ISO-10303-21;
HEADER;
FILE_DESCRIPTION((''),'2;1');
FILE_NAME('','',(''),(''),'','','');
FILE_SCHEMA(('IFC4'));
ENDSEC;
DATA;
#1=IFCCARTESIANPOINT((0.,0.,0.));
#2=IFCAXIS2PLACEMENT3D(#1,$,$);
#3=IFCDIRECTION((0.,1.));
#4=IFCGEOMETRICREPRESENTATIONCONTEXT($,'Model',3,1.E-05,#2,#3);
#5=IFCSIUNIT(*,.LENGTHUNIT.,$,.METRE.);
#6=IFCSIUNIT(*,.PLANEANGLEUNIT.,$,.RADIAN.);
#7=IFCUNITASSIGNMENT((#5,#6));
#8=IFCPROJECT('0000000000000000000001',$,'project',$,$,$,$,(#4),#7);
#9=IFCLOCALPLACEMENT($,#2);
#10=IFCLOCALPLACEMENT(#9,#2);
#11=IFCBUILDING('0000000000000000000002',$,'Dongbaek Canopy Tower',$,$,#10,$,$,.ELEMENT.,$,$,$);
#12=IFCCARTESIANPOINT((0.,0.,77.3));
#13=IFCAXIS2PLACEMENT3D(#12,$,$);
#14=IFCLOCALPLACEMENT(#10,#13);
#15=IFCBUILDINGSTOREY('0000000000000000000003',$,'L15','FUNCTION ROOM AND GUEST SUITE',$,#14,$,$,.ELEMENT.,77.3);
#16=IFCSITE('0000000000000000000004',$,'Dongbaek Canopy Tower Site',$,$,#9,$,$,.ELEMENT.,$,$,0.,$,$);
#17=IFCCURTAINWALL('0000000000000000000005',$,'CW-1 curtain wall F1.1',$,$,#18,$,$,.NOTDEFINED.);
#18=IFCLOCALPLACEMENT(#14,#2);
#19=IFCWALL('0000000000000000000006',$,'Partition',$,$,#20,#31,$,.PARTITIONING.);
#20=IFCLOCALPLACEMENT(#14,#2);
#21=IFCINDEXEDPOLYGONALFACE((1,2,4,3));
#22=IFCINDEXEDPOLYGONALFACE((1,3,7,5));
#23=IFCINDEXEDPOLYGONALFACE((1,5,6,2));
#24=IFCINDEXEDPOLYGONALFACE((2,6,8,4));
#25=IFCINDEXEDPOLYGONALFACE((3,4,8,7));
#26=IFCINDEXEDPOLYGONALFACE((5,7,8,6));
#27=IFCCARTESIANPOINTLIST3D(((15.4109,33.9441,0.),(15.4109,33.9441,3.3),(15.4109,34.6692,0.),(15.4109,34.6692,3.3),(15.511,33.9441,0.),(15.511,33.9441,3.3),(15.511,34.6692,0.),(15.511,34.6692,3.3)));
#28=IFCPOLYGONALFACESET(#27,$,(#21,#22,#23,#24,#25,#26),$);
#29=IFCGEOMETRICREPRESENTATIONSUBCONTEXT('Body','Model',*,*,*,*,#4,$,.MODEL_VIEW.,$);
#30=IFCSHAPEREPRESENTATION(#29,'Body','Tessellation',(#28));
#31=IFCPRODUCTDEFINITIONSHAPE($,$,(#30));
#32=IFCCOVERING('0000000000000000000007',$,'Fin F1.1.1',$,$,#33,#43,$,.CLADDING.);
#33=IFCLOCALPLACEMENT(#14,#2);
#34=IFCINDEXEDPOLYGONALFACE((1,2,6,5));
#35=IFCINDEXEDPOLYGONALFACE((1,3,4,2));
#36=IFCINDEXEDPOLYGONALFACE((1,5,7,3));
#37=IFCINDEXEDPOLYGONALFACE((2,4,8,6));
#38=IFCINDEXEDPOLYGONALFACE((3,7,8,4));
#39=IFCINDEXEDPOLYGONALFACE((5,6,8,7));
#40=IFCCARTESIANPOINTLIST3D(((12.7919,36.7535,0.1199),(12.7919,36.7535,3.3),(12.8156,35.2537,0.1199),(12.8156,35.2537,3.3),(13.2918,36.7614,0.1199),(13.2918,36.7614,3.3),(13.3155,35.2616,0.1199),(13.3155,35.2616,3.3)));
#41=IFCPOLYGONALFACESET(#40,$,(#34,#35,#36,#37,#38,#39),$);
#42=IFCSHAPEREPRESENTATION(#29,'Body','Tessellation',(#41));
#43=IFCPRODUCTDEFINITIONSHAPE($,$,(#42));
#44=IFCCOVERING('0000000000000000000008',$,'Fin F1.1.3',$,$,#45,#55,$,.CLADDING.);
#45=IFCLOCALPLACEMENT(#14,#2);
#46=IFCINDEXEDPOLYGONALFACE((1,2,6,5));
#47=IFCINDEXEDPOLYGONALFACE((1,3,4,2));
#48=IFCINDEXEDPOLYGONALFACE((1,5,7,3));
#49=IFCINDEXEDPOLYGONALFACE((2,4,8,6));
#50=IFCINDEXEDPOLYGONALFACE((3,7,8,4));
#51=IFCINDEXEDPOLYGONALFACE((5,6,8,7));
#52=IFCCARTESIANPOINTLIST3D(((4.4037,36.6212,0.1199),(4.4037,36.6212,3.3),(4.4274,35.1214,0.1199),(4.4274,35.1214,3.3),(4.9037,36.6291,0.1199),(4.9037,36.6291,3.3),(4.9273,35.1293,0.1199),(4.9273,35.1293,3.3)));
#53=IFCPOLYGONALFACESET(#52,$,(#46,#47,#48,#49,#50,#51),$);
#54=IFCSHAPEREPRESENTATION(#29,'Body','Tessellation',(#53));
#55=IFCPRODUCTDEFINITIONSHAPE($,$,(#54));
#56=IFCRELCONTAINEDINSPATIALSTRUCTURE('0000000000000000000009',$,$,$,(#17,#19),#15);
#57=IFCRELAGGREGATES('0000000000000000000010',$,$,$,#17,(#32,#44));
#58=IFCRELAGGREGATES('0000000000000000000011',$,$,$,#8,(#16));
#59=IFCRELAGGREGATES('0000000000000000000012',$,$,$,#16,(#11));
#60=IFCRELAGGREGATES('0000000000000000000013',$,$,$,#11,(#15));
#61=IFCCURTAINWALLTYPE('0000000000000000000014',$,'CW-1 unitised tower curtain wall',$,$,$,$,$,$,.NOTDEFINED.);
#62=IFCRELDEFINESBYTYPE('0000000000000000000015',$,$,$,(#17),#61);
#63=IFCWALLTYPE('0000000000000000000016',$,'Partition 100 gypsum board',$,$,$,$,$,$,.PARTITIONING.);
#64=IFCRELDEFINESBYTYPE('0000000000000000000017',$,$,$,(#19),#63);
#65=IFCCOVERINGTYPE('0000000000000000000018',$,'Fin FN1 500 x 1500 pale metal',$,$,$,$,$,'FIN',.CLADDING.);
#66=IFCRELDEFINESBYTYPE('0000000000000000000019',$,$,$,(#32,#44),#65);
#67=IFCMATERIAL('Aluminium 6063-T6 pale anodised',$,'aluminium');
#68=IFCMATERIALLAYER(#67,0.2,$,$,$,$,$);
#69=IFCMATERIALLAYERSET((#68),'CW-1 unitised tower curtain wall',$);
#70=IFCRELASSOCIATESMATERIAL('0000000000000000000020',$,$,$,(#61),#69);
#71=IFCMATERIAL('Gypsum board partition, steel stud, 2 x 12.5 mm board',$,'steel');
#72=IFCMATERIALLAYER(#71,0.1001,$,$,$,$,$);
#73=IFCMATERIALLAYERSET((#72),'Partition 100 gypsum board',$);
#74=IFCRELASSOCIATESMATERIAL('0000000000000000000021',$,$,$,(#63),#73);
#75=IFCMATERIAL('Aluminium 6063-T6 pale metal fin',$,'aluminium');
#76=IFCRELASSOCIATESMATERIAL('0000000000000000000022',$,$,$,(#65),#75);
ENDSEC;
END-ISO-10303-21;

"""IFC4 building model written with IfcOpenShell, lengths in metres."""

from ifc_helpers import new_model, si_unit, direction, frame, frame_2d, origin, origin_2d, place, context, subcontext, project, spatial, rectangle, extrude, material, layer, layer_set, material_profile, profile_set, type_object, element, aggregate, save


model = new_model("IFC4")

# Units and contexts
model_context = context("Model", 3, precision=1e-05, world=origin(), true_north=direction((0.0, 1.0)))
body_context = subcontext(model_context, "Body", "Model", "MODEL_VIEW")
ifc_project = project(units=[si_unit("LENGTHUNIT", "METRE"), si_unit("PLANEANGLEUNIT", "RADIAN")], contexts=[model_context])

# Site, building, storey
site_placement = place(None, origin())
site = spatial("IfcSite", under=ifc_project, at=site_placement, Name="Dongbaek Canopy Tower Site", CompositionType="ELEMENT", RefElevation=0.0)
building_placement = place(site_placement, origin())
building = spatial("IfcBuilding", under=site, at=building_placement, Name="Dongbaek Canopy Tower", CompositionType="ELEMENT")
storey_placement = place(building_placement, frame((0.0, 0.0, 77.3)))
storey = spatial("IfcBuildingStorey", under=building, at=storey_placement, Name="L15", Description="FUNCTION ROOM AND GUEST SUITE", CompositionType="ELEMENT", Elevation=77.3)

# Curtain wall
ifc_material_1 = material(Name="Aluminium 6063-T6 pale anodised", Category="aluminium")
ifc_layer_1 = layer(ifc_material_1, 0.2)
ifc_layer_set_1 = layer_set([ifc_layer_1], Name="CW-1 unitised tower curtain wall")
curtain_wall_type = type_object("IfcCurtainWallType", Name="CW-1 unitised tower curtain wall", PredefinedType="NOTDEFINED", material=ifc_layer_set_1)
curtain_wall_1_placement = place(storey_placement, origin())
curtain_wall_1 = element("IfcCurtainWall", 1, at=curtain_wall_1_placement, inside=storey, type_object=curtain_wall_type, Name="CW-1 curtain wall F1.1", PredefinedType="NOTDEFINED")

# Wall
ifc_material_2 = material(Name="Gypsum board partition, steel stud, 2 x 12.5 mm board", Category="steel")
ifc_layer_2 = layer(ifc_material_2, 0.1001)
ifc_layer_set_2 = layer_set([ifc_layer_2], Name="Partition 100 gypsum board")
wall_type_1 = type_object("IfcWallType", Name="Partition 100 gypsum board", PredefinedType="PARTITIONING", material=ifc_layer_set_2)
wall_1_placement = place(storey_placement, frame((15.4609, 33.9441, 0.0), z_axis=(0.0, 0.0, 1.0), x_axis=(0.0, 1.0, 0.0)))
element("IfcWall", 2, at=wall_1_placement, inside=storey, type_object=wall_type_1, Name="Partition", PredefinedType="PARTITIONING", context=body_context, shape_type="SweptSolid", body=[
    extrude(rectangle(XDim=0.7251, YDim=0.1001, at=frame_2d((0.3625, 0.0))), origin(), (0.0, 0.0, 1.0), 3.3),
])

# Coverings
ifc_material_3 = material(Name="Aluminium 6063-T6 pale metal fin", Category="aluminium")
ifc_material_profile_1 = material_profile(ifc_material_3, rectangle(XDim=1.5, YDim=0.5, at=origin_2d()), Name="Fin FN1 500 x 1500 pale metal")
ifc_profile_set_1 = profile_set([ifc_material_profile_1], Name="Aluminium 6063-T6 pale metal fin")
covering_type = type_object("IfcCoveringType", Name="Fin FN1 500 x 1500 pale metal", ElementType="FIN", PredefinedType="CLADDING", material=ifc_profile_set_1)
covering_1_placement = place(storey_placement, frame((13.0537, 36.0076, 0.1199), z_axis=(0.0, 0.0, 1.0), x_axis=(-0.015774, 0.999876, 0.0)))
covering_1 = element("IfcCovering", 3, at=covering_1_placement, type_object=covering_type, Name="Fin F1.1.1", PredefinedType="CLADDING", context=body_context, shape_type="SweptSolid", body=[
    extrude(rectangle(XDim=1.5, YDim=0.5, at=origin_2d()), origin(), (0.0, 0.0, 1.0), 3.1802),
])
covering_2_placement = place(storey_placement, frame((4.6655, 35.8752, 0.1199), z_axis=(0.0, 0.0, 1.0), x_axis=(-0.015774, 0.999876, 0.0)))
covering_2 = element("IfcCovering", 4, at=covering_2_placement, type_object=covering_type, Name="Fin F1.1.3", PredefinedType="CLADDING", context=body_context, shape_type="SweptSolid", body=[
    extrude(rectangle(XDim=1.5, YDim=0.5, at=origin_2d()), origin(), (0.0, 0.0, 1.0), 3.1802),
])
aggregate(curtain_wall_1, [covering_1, covering_2])

save(model, "model.ifc")
